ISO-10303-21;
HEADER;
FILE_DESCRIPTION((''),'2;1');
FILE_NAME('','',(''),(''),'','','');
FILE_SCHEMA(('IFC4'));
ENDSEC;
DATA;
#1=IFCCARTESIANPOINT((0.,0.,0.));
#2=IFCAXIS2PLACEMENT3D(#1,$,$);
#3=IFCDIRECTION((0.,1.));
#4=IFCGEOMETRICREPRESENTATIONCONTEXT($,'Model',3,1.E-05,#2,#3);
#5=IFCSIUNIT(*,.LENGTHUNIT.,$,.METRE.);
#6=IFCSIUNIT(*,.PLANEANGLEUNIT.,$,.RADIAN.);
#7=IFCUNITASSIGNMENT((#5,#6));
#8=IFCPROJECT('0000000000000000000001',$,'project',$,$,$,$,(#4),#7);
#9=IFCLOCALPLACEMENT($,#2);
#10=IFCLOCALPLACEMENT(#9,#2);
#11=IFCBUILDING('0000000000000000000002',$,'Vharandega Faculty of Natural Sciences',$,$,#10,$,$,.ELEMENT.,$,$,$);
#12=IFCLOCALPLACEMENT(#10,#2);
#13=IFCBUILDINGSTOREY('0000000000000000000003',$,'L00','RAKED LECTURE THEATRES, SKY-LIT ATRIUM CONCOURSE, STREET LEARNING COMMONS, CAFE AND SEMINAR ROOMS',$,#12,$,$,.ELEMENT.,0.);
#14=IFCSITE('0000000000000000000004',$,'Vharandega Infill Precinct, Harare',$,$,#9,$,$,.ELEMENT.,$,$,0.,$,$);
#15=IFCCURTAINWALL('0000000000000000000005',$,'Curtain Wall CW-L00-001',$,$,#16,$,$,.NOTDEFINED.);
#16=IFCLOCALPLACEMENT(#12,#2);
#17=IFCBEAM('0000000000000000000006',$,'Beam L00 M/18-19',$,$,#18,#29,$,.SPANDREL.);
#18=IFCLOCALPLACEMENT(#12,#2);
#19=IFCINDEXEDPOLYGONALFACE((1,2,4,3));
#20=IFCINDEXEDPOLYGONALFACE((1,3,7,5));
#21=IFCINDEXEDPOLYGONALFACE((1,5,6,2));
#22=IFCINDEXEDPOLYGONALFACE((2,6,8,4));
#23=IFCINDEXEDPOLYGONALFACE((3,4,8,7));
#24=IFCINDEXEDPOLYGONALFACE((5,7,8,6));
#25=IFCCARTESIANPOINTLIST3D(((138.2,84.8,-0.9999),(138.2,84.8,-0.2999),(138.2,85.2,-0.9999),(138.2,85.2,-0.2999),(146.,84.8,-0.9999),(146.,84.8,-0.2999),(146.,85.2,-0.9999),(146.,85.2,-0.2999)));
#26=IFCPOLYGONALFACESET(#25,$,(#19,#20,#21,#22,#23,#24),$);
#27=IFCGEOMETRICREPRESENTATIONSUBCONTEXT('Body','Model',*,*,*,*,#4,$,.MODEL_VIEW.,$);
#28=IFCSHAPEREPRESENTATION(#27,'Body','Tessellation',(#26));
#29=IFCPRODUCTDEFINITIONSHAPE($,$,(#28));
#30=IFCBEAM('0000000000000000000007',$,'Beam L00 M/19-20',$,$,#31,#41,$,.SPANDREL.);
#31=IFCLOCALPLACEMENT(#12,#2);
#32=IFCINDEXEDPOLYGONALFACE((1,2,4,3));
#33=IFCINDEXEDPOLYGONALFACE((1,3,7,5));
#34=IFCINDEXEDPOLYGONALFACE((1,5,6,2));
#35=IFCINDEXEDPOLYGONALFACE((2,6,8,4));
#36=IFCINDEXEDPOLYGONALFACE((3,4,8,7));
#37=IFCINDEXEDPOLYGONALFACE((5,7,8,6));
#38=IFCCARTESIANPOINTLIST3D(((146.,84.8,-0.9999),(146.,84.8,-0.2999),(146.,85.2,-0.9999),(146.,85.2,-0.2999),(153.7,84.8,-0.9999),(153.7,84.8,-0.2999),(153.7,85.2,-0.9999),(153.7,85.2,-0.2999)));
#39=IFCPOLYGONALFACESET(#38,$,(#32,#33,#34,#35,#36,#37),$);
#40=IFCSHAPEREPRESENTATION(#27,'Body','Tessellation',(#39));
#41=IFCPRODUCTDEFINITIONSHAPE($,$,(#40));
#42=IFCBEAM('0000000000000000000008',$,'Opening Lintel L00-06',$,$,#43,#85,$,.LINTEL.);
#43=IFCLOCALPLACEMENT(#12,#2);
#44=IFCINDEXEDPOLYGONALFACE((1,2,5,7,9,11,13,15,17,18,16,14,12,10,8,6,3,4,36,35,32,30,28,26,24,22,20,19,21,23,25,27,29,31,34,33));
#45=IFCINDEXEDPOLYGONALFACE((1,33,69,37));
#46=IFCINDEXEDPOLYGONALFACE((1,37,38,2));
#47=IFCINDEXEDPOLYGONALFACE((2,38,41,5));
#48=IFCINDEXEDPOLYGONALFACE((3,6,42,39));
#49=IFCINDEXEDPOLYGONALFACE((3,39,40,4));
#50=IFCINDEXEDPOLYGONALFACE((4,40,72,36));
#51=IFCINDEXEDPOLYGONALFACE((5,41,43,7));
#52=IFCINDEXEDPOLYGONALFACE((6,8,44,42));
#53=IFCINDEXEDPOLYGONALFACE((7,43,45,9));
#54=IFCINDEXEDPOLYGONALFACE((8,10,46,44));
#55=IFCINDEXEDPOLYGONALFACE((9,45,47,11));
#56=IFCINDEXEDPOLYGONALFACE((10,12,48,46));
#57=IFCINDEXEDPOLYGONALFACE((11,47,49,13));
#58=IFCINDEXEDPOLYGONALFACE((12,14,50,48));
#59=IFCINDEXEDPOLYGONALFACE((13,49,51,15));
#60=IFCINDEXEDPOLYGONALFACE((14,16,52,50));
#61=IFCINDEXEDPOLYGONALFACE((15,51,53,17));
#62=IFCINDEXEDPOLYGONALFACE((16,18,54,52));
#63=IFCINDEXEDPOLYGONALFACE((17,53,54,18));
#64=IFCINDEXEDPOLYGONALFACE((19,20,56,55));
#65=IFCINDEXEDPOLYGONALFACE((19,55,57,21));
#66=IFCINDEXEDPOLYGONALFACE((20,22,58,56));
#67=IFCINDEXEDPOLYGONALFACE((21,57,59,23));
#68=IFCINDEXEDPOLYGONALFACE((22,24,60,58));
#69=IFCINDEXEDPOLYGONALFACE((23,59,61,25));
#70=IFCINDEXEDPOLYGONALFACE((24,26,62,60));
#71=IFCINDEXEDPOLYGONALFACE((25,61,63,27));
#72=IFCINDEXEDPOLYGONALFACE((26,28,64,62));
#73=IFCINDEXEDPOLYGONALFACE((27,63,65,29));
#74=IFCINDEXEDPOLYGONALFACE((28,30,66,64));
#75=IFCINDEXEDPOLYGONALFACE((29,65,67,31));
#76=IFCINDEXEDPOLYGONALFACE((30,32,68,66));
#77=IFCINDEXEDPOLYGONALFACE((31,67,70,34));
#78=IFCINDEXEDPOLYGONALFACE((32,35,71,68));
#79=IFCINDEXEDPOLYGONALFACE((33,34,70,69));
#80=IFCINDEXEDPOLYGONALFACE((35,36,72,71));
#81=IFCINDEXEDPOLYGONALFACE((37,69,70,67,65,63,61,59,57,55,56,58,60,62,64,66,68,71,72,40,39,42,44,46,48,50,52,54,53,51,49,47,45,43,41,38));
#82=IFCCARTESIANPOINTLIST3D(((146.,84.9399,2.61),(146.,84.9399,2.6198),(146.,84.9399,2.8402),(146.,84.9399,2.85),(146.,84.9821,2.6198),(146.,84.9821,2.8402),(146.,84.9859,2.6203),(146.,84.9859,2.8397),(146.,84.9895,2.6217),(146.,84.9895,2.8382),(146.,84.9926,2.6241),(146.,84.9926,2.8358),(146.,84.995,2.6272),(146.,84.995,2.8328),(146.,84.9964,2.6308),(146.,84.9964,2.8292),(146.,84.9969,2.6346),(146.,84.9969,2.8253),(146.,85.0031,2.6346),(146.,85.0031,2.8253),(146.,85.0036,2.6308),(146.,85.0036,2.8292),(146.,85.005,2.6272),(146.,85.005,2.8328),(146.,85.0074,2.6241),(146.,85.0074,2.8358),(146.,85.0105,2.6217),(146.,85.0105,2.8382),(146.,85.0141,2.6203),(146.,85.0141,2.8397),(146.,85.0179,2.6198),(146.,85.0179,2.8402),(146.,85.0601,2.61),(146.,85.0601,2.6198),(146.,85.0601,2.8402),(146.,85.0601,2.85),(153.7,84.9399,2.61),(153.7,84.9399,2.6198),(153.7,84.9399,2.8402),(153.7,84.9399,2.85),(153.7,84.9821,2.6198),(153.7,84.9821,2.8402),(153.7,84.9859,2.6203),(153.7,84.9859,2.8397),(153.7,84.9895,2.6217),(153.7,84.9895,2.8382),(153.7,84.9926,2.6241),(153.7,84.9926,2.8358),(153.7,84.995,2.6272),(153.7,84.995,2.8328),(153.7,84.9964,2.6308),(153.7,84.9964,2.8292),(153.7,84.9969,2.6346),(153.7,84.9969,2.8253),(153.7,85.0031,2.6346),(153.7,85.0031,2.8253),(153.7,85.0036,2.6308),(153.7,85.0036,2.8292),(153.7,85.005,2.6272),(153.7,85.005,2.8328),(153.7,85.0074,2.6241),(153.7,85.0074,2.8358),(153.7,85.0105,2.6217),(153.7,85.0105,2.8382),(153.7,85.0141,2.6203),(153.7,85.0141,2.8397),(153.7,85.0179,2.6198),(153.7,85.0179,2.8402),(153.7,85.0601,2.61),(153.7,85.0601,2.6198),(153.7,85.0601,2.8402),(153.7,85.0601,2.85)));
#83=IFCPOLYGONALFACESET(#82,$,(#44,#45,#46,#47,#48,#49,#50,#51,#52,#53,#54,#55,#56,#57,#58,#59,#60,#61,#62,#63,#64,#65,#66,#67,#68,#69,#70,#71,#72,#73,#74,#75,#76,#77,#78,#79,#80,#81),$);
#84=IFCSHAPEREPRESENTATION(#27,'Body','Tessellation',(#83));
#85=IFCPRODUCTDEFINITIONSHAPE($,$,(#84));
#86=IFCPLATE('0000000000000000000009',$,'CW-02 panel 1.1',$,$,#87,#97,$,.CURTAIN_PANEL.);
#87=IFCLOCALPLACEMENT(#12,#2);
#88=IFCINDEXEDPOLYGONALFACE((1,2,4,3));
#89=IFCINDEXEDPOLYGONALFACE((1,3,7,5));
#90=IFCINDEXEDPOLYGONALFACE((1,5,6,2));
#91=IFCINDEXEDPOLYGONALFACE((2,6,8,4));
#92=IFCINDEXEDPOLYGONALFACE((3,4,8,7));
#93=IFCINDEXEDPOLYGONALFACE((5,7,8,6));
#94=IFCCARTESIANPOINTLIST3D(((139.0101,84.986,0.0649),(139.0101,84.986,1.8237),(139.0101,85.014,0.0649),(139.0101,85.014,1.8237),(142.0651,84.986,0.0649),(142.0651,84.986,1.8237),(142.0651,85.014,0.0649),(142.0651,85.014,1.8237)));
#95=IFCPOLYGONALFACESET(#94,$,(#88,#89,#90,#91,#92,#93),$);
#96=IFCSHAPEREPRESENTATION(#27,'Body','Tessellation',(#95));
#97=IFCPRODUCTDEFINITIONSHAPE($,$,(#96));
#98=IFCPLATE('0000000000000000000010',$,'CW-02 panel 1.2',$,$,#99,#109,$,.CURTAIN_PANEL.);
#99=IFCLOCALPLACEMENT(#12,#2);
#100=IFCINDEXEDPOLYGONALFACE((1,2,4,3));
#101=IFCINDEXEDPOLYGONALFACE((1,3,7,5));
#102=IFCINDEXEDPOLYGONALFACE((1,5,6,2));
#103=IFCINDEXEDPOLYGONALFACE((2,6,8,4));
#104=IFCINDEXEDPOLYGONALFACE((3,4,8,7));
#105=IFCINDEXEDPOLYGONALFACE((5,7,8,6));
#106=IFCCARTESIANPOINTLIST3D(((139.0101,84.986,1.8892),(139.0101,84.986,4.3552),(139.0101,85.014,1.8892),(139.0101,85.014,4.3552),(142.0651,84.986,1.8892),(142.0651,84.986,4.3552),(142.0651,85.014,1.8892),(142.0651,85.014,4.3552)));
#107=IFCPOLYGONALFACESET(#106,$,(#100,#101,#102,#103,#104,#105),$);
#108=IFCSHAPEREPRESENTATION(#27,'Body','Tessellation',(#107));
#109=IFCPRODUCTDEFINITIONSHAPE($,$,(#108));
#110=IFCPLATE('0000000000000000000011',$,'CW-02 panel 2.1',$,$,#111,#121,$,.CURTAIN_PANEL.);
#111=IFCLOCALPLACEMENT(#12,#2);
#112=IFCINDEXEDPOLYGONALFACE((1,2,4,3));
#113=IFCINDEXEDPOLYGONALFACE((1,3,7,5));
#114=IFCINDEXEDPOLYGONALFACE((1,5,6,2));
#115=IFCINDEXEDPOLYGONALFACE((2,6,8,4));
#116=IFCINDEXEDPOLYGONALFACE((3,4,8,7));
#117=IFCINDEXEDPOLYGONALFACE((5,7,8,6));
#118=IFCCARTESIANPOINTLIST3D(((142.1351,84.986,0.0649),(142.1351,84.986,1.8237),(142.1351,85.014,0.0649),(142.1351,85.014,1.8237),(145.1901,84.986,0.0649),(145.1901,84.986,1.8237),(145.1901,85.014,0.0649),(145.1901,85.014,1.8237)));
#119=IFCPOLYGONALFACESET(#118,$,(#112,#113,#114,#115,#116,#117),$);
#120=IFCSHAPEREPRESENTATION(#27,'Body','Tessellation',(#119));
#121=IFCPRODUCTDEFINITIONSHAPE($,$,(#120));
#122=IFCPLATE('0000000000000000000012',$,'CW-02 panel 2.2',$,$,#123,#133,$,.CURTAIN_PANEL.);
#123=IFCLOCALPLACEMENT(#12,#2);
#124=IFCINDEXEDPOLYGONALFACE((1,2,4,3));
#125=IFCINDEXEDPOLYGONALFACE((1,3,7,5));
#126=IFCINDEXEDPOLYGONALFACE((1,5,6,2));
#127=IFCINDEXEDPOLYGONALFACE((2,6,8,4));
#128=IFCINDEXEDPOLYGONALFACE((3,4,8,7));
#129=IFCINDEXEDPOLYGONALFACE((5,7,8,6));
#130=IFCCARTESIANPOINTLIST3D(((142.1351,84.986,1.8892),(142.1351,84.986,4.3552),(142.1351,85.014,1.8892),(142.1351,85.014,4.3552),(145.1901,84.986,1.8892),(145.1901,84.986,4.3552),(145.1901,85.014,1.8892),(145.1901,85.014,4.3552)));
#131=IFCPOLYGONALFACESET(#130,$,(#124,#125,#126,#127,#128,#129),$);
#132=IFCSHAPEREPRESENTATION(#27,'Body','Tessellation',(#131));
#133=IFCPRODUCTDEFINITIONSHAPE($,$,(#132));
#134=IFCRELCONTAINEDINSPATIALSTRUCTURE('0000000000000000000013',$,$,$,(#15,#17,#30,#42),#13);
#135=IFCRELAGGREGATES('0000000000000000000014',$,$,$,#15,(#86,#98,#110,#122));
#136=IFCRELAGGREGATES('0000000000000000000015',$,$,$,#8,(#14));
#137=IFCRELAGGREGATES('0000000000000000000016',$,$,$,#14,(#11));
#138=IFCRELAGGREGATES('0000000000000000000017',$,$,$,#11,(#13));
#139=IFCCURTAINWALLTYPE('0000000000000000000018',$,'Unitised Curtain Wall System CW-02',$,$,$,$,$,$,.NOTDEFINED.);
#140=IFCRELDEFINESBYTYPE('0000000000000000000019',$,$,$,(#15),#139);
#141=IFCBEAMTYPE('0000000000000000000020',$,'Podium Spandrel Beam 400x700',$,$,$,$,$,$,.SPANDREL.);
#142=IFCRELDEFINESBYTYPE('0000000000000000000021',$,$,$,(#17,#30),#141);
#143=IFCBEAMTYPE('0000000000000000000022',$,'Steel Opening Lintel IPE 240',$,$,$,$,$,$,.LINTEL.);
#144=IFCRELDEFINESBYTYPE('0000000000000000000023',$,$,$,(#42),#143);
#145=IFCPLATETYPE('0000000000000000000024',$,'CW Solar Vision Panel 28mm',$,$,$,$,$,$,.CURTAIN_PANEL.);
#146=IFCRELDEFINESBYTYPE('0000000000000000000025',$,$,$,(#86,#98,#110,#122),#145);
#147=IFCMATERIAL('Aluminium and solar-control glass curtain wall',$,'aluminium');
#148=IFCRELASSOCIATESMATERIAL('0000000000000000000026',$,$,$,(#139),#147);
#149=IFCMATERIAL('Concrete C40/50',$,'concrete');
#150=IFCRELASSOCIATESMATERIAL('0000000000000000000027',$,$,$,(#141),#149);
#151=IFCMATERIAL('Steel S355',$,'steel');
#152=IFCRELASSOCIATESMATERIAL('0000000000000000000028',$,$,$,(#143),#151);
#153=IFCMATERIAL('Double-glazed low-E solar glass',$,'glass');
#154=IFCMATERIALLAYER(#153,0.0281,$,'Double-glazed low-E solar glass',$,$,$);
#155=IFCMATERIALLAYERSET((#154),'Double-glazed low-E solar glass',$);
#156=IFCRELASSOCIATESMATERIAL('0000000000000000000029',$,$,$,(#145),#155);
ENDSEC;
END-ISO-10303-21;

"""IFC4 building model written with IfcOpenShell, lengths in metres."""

from ifc_helpers import new_model, si_unit, direction, frame, origin, origin_2d, place, context, subcontext, project, spatial, rectangle, i_section, extrude, material, layer, layer_set, material_profile, profile_set, type_object, element, aggregate, save


model = new_model("IFC4")

# Units and contexts
model_context = context("Model", 3, precision=1e-05, world=origin(), true_north=direction((0.0, 1.0)))
body_context = subcontext(model_context, "Body", "Model", "MODEL_VIEW")
ifc_project = project(units=[si_unit("LENGTHUNIT", "METRE"), si_unit("PLANEANGLEUNIT", "RADIAN")], contexts=[model_context])

# Site, building, storey
site_placement = place(None, origin())
site = spatial("IfcSite", under=ifc_project, at=site_placement, Name="Vharandega Infill Precinct, Harare", CompositionType="ELEMENT", RefElevation=0.0)
building_placement = place(site_placement, origin())
building = spatial("IfcBuilding", under=site, at=building_placement, Name="Vharandega Faculty of Natural Sciences", CompositionType="ELEMENT")
storey_placement = place(building_placement, origin())
storey = spatial("IfcBuildingStorey", under=building, at=storey_placement, Name="L00", Description="RAKED LECTURE THEATRES, SKY-LIT ATRIUM CONCOURSE, STREET LEARNING COMMONS, CAFE AND SEMINAR ROOMS", CompositionType="ELEMENT", Elevation=0.0)

# Curtain wall
ifc_material_1 = material(Name="Aluminium and solar-control glass curtain wall", Category="aluminium")
curtain_wall_type = type_object("IfcCurtainWallType", Name="Unitised Curtain Wall System CW-02", PredefinedType="NOTDEFINED", material=ifc_material_1)
curtain_wall_placement = place(storey_placement, origin())
curtain_wall = element("IfcCurtainWall", 1, at=curtain_wall_placement, inside=storey, type_object=curtain_wall_type, Name="Curtain Wall CW-L00-001", PredefinedType="NOTDEFINED")

# Beams
ifc_material_2 = material(Name="Concrete C40/50", Category="concrete")
ifc_material_profile_1 = material_profile(ifc_material_2, rectangle(XDim=0.3999, YDim=0.7, at=origin_2d()), Name="RC 400x700")
ifc_profile_set_1 = profile_set([ifc_material_profile_1], Name="Concrete C40/50")
beam_type_1 = type_object("IfcBeamType", Name="Podium Spandrel Beam 400x700", PredefinedType="SPANDREL", material=ifc_profile_set_1)
beam_1_placement = place(storey_placement, frame((138.2, 85.0, -0.6499), z_axis=(1.0, 0.0, 0.0), x_axis=(0.0, 1.0, 0.0)))
element("IfcBeam", 2, at=beam_1_placement, inside=storey, type_object=beam_type_1, Name="Beam L00 M/18-19", PredefinedType="SPANDREL", context=body_context, shape_type="SweptSolid", body=[
    extrude(rectangle(XDim=0.3999, YDim=0.7, at=origin_2d()), origin(), (0.0, 0.0, 1.0), 7.8),
])
beam_2_placement = place(storey_placement, frame((146.0, 85.0, -0.6499), z_axis=(1.0, 0.0, 0.0), x_axis=(0.0, 1.0, 0.0)))
element("IfcBeam", 3, at=beam_2_placement, inside=storey, type_object=beam_type_1, Name="Beam L00 M/19-20", PredefinedType="SPANDREL", context=body_context, shape_type="SweptSolid", body=[
    extrude(rectangle(XDim=0.3999, YDim=0.7, at=origin_2d()), origin(), (0.0, 0.0, 1.0), 7.7),
])
ifc_material_3 = material(Name="Steel S355", Category="steel")
ifc_material_profile_2 = material_profile(ifc_material_3, i_section(OverallWidth=0.1201, OverallDepth=0.24, WebThickness=0.0061, FlangeThickness=0.0098, FilletRadius=0.0149, at=origin_2d()), Name="IPE 240")
ifc_profile_set_2 = profile_set([ifc_material_profile_2], Name="Steel S355")
beam_type_2 = type_object("IfcBeamType", Name="Steel Opening Lintel IPE 240", PredefinedType="LINTEL", material=ifc_profile_set_2)
beam_3_placement = place(storey_placement, frame((146.0, 85.0, 2.73), z_axis=(1.0, 0.0, 0.0), x_axis=(0.0, 1.0, 0.0)))
element("IfcBeam", 4, at=beam_3_placement, inside=storey, type_object=beam_type_2, Name="Opening Lintel L00-06", PredefinedType="LINTEL", context=body_context, shape_type="SweptSolid", body=[
    extrude(i_section(OverallWidth=0.1201, OverallDepth=0.24, WebThickness=0.0061, FlangeThickness=0.0098, FilletRadius=0.0149, at=origin_2d()), origin(), (0.0, 0.0, 1.0), 7.7),
])

# Plates
ifc_material_4 = material(Name="Double-glazed low-E solar glass", Category="glass")
ifc_layer_1 = layer(ifc_material_4, 0.0281, Name="Double-glazed low-E solar glass")
ifc_layer_set_1 = layer_set([ifc_layer_1], Name="Double-glazed low-E solar glass")
plate_type = type_object("IfcPlateType", Name="CW Solar Vision Panel 28mm", PredefinedType="CURTAIN_PANEL", material=ifc_layer_set_1)
plate_1_placement = place(storey_placement, frame((140.5376, 85.0, 0.0649), z_axis=(0.0, 0.0, 1.0), x_axis=(1.0, 0.0, 0.0)))
plate_1 = element("IfcPlate", 5, at=plate_1_placement, type_object=plate_type, Name="CW-02 panel 1.1", PredefinedType="CURTAIN_PANEL", context=body_context, shape_type="SweptSolid", body=[
    extrude(rectangle(XDim=3.0549, YDim=0.0281, at=origin_2d()), origin(), (0.0, 0.0, 1.0), 1.7588),
])
plate_2_placement = place(storey_placement, frame((140.5376, 85.0, 1.8892), z_axis=(0.0, 0.0, 1.0), x_axis=(1.0, 0.0, 0.0)))
plate_2 = element("IfcPlate", 6, at=plate_2_placement, type_object=plate_type, Name="CW-02 panel 1.2", PredefinedType="CURTAIN_PANEL", context=body_context, shape_type="SweptSolid", body=[
    extrude(rectangle(XDim=3.0549, YDim=0.0281, at=origin_2d()), origin(), (0.0, 0.0, 1.0), 2.4661),
])
plate_3_placement = place(storey_placement, frame((143.6626, 85.0, 0.0649), z_axis=(0.0, 0.0, 1.0), x_axis=(1.0, 0.0, 0.0)))
plate_3 = element("IfcPlate", 7, at=plate_3_placement, type_object=plate_type, Name="CW-02 panel 2.1", PredefinedType="CURTAIN_PANEL", context=body_context, shape_type="SweptSolid", body=[
    extrude(rectangle(XDim=3.0549, YDim=0.0281, at=origin_2d()), origin(), (0.0, 0.0, 1.0), 1.7588),
])
plate_4_placement = place(storey_placement, frame((143.6626, 85.0, 1.8892), z_axis=(0.0, 0.0, 1.0), x_axis=(1.0, 0.0, 0.0)))
plate_4 = element("IfcPlate", 8, at=plate_4_placement, type_object=plate_type, Name="CW-02 panel 2.2", PredefinedType="CURTAIN_PANEL", context=body_context, shape_type="SweptSolid", body=[
    extrude(rectangle(XDim=3.0549, YDim=0.0281, at=origin_2d()), origin(), (0.0, 0.0, 1.0), 2.4661),
])
aggregate(curtain_wall, [plate_1, plate_2, plate_3, plate_4])

save(model, "model.ifc")
